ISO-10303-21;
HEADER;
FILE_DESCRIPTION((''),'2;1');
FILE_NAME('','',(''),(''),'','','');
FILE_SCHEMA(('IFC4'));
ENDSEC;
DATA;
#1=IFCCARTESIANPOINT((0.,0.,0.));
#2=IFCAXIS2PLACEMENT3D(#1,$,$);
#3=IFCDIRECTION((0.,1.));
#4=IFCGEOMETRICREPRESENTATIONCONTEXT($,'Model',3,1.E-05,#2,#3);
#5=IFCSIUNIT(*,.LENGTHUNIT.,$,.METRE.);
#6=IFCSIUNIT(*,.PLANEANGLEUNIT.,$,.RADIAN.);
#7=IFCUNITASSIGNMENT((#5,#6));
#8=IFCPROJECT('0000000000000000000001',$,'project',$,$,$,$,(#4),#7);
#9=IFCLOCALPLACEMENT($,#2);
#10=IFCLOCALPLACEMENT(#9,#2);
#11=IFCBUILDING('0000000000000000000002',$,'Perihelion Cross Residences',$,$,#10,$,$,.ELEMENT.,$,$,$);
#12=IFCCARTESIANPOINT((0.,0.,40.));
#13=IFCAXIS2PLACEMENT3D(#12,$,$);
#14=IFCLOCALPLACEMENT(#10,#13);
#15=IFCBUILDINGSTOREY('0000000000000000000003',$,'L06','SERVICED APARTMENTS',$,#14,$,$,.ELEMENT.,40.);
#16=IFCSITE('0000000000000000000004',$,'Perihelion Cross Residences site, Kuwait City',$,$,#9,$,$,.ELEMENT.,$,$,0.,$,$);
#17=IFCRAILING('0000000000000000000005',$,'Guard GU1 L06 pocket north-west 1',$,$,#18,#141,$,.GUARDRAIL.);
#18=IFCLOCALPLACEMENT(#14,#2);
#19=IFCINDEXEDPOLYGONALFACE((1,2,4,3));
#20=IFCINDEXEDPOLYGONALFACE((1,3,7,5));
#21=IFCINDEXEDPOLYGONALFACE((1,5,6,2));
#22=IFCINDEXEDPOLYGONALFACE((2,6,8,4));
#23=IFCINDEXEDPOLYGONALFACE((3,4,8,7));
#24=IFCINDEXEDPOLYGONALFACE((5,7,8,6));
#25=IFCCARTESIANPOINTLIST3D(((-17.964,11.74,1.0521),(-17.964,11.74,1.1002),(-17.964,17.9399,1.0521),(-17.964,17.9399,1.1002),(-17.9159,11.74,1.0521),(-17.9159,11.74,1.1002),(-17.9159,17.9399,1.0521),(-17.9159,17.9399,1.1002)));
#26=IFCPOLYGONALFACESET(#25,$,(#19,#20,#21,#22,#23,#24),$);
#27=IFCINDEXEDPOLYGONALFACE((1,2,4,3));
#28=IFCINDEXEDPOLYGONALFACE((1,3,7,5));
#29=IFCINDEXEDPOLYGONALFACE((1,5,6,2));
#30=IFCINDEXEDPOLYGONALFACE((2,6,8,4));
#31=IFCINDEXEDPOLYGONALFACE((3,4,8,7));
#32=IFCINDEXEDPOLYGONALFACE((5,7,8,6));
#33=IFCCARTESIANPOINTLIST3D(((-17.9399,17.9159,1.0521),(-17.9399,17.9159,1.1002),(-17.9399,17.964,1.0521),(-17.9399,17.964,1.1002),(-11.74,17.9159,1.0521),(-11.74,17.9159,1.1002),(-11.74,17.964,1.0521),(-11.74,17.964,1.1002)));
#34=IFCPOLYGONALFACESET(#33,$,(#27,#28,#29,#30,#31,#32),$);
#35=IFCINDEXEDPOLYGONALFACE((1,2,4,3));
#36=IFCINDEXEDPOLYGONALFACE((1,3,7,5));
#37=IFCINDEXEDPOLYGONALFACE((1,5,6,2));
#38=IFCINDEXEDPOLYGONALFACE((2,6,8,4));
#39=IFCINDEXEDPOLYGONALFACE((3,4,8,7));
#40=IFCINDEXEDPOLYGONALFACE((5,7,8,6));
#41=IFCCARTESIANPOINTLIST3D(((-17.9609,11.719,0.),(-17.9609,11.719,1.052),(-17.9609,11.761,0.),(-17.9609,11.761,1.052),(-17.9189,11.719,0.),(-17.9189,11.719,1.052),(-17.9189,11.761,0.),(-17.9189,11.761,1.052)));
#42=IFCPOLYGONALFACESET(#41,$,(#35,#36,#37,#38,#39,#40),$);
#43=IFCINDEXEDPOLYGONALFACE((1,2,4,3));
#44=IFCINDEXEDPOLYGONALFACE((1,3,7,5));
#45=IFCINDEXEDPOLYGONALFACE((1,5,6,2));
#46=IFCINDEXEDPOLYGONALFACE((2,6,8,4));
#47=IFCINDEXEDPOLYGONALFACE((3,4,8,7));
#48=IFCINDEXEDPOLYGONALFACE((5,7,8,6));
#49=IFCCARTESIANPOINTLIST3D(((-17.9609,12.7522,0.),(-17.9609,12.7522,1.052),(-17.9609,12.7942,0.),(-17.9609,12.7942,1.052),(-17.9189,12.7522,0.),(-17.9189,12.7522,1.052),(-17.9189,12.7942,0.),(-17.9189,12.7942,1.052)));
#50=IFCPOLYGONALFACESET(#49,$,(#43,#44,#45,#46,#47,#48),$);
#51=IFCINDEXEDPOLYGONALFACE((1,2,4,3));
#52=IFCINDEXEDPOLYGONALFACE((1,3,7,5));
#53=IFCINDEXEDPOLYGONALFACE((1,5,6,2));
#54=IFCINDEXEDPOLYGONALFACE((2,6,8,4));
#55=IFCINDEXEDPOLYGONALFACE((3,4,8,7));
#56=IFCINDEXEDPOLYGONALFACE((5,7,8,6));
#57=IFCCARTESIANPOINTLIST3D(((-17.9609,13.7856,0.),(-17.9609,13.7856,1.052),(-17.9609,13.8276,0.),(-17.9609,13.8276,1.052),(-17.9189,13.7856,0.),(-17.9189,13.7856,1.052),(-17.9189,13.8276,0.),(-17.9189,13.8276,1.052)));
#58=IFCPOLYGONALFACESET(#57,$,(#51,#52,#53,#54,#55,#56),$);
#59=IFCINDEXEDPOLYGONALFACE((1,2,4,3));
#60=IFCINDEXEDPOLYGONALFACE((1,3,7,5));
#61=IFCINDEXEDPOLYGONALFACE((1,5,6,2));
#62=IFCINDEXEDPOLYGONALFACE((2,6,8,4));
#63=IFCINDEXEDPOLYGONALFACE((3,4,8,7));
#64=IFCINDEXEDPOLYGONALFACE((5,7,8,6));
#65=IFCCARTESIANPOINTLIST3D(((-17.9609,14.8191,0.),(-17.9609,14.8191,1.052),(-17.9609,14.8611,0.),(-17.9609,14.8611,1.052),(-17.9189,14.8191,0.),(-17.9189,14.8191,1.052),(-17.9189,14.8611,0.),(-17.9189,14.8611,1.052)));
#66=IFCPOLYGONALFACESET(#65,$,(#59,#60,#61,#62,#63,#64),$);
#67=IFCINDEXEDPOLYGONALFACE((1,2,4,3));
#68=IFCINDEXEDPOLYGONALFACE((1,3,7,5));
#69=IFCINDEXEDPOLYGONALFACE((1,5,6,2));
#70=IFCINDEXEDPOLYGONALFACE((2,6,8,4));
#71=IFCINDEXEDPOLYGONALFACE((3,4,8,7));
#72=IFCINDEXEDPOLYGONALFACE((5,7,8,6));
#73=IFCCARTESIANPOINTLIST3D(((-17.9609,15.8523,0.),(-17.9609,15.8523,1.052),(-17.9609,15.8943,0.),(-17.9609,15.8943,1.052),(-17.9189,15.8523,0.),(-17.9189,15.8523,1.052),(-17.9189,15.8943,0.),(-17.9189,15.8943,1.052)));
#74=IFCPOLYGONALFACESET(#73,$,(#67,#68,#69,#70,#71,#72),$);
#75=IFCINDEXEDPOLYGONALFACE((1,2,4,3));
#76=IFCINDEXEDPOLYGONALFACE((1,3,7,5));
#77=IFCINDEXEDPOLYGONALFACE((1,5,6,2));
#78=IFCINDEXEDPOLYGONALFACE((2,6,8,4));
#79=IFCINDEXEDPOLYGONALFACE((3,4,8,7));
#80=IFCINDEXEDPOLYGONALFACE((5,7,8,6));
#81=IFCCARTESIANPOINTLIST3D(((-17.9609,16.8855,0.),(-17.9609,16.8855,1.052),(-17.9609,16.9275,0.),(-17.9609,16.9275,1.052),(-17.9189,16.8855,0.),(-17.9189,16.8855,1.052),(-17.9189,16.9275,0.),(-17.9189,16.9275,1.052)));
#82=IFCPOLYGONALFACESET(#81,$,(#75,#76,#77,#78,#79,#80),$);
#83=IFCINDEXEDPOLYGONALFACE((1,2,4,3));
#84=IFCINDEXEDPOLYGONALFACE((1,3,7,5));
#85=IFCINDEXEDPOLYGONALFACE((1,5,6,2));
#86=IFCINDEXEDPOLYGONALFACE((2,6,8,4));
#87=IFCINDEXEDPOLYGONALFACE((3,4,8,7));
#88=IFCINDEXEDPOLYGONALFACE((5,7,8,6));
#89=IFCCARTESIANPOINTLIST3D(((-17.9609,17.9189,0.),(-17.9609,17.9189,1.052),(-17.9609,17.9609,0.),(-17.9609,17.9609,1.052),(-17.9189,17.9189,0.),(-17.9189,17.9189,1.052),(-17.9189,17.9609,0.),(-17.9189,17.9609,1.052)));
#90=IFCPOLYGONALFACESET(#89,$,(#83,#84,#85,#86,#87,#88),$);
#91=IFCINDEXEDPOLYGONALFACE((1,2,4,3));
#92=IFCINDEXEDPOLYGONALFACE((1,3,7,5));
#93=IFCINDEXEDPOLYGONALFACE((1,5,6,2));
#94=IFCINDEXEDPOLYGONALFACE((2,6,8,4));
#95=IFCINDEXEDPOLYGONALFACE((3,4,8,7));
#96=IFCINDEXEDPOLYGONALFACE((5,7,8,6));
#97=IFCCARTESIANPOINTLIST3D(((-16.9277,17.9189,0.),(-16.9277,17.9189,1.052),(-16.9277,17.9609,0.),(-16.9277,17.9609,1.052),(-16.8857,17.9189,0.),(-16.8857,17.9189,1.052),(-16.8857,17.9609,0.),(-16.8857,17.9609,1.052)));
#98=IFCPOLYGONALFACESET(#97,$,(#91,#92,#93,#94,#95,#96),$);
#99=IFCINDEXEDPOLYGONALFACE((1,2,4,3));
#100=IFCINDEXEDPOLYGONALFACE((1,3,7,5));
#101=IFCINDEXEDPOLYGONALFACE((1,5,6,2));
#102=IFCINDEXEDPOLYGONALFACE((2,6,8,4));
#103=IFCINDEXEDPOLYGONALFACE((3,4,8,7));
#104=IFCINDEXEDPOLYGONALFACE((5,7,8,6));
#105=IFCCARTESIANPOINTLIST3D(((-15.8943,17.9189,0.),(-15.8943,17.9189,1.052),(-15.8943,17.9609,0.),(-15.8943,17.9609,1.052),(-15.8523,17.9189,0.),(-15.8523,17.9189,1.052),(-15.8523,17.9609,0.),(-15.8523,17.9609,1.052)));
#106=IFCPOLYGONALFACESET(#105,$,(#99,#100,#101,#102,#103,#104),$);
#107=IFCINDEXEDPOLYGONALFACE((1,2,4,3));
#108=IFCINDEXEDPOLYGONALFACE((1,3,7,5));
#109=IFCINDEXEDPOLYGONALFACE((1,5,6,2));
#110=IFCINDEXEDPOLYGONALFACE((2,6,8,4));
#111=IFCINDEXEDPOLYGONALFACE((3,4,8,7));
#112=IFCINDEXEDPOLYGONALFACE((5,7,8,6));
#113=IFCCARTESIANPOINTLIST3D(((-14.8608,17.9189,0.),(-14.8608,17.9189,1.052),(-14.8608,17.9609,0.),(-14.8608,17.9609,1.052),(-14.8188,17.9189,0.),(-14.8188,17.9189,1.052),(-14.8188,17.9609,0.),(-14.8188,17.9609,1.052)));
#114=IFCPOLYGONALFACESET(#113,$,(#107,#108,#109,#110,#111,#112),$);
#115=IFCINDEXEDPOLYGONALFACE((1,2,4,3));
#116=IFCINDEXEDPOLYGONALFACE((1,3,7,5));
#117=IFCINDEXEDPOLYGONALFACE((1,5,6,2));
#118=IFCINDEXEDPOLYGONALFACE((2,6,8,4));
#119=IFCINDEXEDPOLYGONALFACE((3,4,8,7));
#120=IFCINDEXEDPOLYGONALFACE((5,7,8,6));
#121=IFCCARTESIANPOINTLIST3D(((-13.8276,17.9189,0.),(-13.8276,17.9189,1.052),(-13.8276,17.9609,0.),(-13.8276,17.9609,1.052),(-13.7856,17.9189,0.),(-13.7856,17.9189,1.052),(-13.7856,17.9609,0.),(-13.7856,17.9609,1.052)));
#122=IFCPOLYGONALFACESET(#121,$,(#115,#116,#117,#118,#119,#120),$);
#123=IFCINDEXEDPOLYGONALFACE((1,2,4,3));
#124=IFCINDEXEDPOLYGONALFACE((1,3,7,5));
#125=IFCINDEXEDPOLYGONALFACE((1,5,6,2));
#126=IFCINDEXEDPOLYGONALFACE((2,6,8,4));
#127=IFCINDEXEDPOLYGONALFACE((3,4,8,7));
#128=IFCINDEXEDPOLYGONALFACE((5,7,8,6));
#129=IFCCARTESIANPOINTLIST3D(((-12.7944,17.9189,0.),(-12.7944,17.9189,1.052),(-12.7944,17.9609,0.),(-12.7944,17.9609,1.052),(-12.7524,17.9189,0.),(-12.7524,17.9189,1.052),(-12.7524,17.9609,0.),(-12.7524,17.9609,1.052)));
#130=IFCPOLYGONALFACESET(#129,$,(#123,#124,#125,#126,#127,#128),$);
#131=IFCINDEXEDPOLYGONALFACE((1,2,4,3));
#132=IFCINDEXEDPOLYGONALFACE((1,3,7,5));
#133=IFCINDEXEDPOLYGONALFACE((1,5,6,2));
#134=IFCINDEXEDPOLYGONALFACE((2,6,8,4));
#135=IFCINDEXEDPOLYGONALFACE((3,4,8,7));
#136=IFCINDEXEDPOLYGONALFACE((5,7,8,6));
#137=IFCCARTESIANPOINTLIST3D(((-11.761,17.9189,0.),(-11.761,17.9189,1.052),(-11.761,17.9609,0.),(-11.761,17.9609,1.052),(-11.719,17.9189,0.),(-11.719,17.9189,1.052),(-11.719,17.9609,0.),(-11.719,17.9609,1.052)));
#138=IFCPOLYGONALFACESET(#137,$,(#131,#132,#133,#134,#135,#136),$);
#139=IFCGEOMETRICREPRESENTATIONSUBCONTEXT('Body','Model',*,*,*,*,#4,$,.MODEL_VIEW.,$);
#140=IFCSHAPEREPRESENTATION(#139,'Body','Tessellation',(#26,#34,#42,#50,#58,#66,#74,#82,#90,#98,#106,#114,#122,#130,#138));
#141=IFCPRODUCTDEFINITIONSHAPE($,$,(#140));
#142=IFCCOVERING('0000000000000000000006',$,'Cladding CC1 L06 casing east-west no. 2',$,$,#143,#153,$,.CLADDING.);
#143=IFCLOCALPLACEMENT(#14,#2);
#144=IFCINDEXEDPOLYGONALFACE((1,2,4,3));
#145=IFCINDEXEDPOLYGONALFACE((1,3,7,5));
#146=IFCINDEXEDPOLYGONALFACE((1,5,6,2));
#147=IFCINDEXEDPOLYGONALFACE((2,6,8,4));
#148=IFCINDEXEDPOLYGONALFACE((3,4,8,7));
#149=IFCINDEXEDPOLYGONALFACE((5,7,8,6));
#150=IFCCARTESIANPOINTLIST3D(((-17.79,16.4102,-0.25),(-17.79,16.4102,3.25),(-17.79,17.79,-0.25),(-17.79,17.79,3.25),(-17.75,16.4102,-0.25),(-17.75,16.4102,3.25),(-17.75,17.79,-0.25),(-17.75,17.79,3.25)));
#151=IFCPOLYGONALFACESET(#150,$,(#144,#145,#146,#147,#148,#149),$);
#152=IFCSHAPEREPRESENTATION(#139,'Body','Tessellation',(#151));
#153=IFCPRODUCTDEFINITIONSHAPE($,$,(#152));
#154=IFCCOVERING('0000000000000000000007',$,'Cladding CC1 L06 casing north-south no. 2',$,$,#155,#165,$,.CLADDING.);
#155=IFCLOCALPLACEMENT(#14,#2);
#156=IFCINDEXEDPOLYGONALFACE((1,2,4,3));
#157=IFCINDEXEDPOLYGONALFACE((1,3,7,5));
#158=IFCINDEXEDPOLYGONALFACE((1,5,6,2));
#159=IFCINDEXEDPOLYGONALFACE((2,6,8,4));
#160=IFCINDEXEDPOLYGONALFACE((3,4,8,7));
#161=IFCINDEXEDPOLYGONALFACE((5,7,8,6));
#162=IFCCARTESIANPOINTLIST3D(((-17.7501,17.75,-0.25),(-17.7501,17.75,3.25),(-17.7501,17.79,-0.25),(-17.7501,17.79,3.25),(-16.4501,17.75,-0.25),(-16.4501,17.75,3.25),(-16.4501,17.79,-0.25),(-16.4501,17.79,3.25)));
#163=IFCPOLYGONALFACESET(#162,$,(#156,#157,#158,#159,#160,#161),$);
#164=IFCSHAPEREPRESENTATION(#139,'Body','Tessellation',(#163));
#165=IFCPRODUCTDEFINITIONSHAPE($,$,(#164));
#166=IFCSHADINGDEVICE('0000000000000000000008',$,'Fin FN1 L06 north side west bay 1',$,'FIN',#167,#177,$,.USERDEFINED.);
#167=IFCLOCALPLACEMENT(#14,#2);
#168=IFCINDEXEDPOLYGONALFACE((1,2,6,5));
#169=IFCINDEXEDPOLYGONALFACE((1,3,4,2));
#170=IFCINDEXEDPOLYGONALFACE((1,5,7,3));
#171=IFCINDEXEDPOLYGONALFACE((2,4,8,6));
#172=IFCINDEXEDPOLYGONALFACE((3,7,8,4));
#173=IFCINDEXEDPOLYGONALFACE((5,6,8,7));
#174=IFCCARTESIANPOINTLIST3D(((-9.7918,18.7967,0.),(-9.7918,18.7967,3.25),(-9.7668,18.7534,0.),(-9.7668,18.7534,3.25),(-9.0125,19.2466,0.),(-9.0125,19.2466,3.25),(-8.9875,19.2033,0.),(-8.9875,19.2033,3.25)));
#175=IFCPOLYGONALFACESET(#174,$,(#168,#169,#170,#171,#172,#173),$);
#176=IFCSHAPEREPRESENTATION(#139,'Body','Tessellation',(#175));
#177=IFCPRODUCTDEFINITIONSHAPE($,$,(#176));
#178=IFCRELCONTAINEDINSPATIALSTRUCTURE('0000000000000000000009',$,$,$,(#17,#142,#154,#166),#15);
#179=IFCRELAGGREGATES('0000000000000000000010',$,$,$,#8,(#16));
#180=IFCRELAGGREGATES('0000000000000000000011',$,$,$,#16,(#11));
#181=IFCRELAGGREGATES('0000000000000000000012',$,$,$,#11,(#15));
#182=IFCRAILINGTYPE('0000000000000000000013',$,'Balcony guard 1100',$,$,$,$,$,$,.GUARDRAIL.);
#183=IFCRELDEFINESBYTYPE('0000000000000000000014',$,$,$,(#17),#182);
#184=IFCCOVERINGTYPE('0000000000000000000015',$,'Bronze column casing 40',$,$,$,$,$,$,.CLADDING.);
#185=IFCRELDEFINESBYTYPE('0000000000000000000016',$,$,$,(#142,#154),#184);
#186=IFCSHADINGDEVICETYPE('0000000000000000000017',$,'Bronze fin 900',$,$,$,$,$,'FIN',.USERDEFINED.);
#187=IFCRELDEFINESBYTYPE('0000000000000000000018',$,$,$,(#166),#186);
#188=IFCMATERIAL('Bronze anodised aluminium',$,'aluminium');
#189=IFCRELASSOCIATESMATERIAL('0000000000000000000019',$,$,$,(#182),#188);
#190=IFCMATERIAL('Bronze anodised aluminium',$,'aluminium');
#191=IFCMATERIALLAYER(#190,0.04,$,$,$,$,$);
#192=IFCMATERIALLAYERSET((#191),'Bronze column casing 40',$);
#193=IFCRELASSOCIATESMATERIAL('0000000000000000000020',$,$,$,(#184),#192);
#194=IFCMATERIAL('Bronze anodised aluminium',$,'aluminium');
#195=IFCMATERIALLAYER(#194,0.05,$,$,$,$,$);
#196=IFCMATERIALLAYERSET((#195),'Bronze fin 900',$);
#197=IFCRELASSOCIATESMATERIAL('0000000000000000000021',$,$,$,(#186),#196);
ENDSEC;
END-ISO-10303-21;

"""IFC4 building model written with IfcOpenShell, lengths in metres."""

from ifc_helpers import new_model, si_unit, direction, frame, origin, origin_2d, place, context, subcontext, project, spatial, rectangle, extrude, material, layer, layer_set, type_object, element, save


model = new_model("IFC4")

# Units and contexts
model_context = context("Model", 3, precision=1e-05, world=origin(), true_north=direction((0.0, 1.0)))
body_context = subcontext(model_context, "Body", "Model", "MODEL_VIEW")
ifc_project = project(units=[si_unit("LENGTHUNIT", "METRE"), si_unit("PLANEANGLEUNIT", "RADIAN")], contexts=[model_context])

# Site, building, storey
site_placement = place(None, origin())
site = spatial("IfcSite", under=ifc_project, at=site_placement, Name="Perihelion Cross Residences site, Kuwait City", CompositionType="ELEMENT", RefElevation=0.0)
building_placement = place(site_placement, origin())
building = spatial("IfcBuilding", under=site, at=building_placement, Name="Perihelion Cross Residences", CompositionType="ELEMENT")
storey_placement = place(building_placement, frame((0.0, 0.0, 40.0)))
storey = spatial("IfcBuildingStorey", under=building, at=storey_placement, Name="L06", Description="SERVICED APARTMENTS", CompositionType="ELEMENT", Elevation=40.0)

# Railing
ifc_material_1 = material(Name="Bronze anodised aluminium", Category="aluminium")
railing_type = type_object("IfcRailingType", Name="Balcony guard 1100", PredefinedType="GUARDRAIL", material=ifc_material_1)
railing_1_placement = place(storey_placement, frame((-17.9399, 11.74, 0.0)))
element("IfcRailing", 1, at=railing_1_placement, inside=storey, type_object=railing_type, Name="Guard GU1 L06 pocket north-west 1", PredefinedType="GUARDRAIL", context=body_context, shape_type="SweptSolid", body=[
    extrude(rectangle(XDim=0.0481, YDim=0.0481, at=origin_2d()), frame((0.0, 0.0, 1.0762), z_axis=(0.0, 1.0, 0.0), x_axis=(-1.0, 0.0, 0.0)), (0.0, 0.0, 1.0), 6.2),
    extrude(rectangle(XDim=0.0481, YDim=0.0481, at=origin_2d()), frame((0.0, 6.2, 1.0762), z_axis=(1.0, 0.0, 0.0), x_axis=(0.0, 1.0, 0.0)), (0.0, 0.0, 1.0), 6.2),
    extrude(rectangle(XDim=0.042, YDim=0.042, at=origin_2d()), origin(), (0.0, 0.0, 1.0), 1.052),
    extrude(rectangle(XDim=0.042, YDim=0.042, at=origin_2d()), frame((0.0, 1.0332, 0.0)), (0.0, 0.0, 1.0), 1.052),
    extrude(rectangle(XDim=0.042, YDim=0.042, at=origin_2d()), frame((0.0, 2.0667, 0.0)), (0.0, 0.0, 1.0), 1.052),
    extrude(rectangle(XDim=0.042, YDim=0.042, at=origin_2d()), frame((0.0, 3.1001, 0.0)), (0.0, 0.0, 1.0), 1.052),
    extrude(rectangle(XDim=0.042, YDim=0.042, at=origin_2d()), frame((0.0, 4.1333, 0.0)), (0.0, 0.0, 1.0), 1.052),
    extrude(rectangle(XDim=0.042, YDim=0.042, at=origin_2d()), frame((0.0, 5.1665, 0.0)), (0.0, 0.0, 1.0), 1.052),
    extrude(rectangle(XDim=0.042, YDim=0.042, at=origin_2d()), frame((0.0, 6.2, 0.0)), (0.0, 0.0, 1.0), 1.052),
    extrude(rectangle(XDim=0.042, YDim=0.042, at=origin_2d()), frame((1.0332, 6.2, 0.0)), (0.0, 0.0, 1.0), 1.052),
    extrude(rectangle(XDim=0.042, YDim=0.042, at=origin_2d()), frame((2.0667, 6.2, 0.0)), (0.0, 0.0, 1.0), 1.052),
    extrude(rectangle(XDim=0.042, YDim=0.042, at=origin_2d()), frame((3.1001, 6.2, 0.0)), (0.0, 0.0, 1.0), 1.052),
    extrude(rectangle(XDim=0.042, YDim=0.042, at=origin_2d()), frame((4.1333, 6.2, 0.0)), (0.0, 0.0, 1.0), 1.052),
    extrude(rectangle(XDim=0.042, YDim=0.042, at=origin_2d()), frame((5.1665, 6.2, 0.0)), (0.0, 0.0, 1.0), 1.052),
    extrude(rectangle(XDim=0.042, YDim=0.042, at=origin_2d()), frame((6.2, 6.2, 0.0)), (0.0, 0.0, 1.0), 1.052),
])

# Coverings
ifc_material_2 = material(Name="Bronze anodised aluminium", Category="aluminium")
ifc_layer_1 = layer(ifc_material_2, 0.04)
ifc_layer_set_1 = layer_set([ifc_layer_1], Name="Bronze column casing 40")
covering_type = type_object("IfcCoveringType", Name="Bronze column casing 40", PredefinedType="CLADDING", material=ifc_layer_set_1)
covering_1_placement = place(storey_placement, frame((-17.77, 17.1001, -0.25), z_axis=(0.0, 0.0, 1.0), x_axis=(1.0, 0.0, 0.0)))
element("IfcCovering", 2, at=covering_1_placement, inside=storey, type_object=covering_type, Name="Cladding CC1 L06 casing east-west no. 2", PredefinedType="CLADDING", context=body_context, shape_type="SweptSolid", body=[
    extrude(rectangle(XDim=0.04, YDim=1.3799, at=origin_2d()), origin(), (0.0, 0.0, 1.0), 3.5),
])
covering_2_placement = place(storey_placement, frame((-17.1001, 17.77, -0.25), z_axis=(0.0, 0.0, 1.0), x_axis=(1.0, 0.0, 0.0)))
element("IfcCovering", 3, at=covering_2_placement, inside=storey, type_object=covering_type, Name="Cladding CC1 L06 casing north-south no. 2", PredefinedType="CLADDING", context=body_context, shape_type="SweptSolid", body=[
    extrude(rectangle(XDim=1.3, YDim=0.04, at=origin_2d()), origin(), (0.0, 0.0, 1.0), 3.5),
])

# Shading device
ifc_material_3 = material(Name="Bronze anodised aluminium", Category="aluminium")
ifc_layer_2 = layer(ifc_material_3, 0.05)
ifc_layer_set_2 = layer_set([ifc_layer_2], Name="Bronze fin 900")
shading_device_type = type_object("IfcShadingDeviceType", Name="Bronze fin 900", ElementType="FIN", PredefinedType="USERDEFINED", material=ifc_layer_set_2)
shading_device_placement = place(storey_placement, frame((-9.3896, 19.0, 0.0), z_axis=(0.0, 0.0, 1.0), x_axis=(-0.866025, -0.5, 0.0)))
element("IfcShadingDevice", 4, at=shading_device_placement, inside=storey, type_object=shading_device_type, Name="Fin FN1 L06 north side west bay 1", ObjectType="FIN", PredefinedType="USERDEFINED", context=body_context, shape_type="SweptSolid", body=[
    extrude(rectangle(XDim=0.8999, YDim=0.05, at=origin_2d()), origin(), (0.0, 0.0, 1.0), 3.25),
])

save(model, "model.ifc")
